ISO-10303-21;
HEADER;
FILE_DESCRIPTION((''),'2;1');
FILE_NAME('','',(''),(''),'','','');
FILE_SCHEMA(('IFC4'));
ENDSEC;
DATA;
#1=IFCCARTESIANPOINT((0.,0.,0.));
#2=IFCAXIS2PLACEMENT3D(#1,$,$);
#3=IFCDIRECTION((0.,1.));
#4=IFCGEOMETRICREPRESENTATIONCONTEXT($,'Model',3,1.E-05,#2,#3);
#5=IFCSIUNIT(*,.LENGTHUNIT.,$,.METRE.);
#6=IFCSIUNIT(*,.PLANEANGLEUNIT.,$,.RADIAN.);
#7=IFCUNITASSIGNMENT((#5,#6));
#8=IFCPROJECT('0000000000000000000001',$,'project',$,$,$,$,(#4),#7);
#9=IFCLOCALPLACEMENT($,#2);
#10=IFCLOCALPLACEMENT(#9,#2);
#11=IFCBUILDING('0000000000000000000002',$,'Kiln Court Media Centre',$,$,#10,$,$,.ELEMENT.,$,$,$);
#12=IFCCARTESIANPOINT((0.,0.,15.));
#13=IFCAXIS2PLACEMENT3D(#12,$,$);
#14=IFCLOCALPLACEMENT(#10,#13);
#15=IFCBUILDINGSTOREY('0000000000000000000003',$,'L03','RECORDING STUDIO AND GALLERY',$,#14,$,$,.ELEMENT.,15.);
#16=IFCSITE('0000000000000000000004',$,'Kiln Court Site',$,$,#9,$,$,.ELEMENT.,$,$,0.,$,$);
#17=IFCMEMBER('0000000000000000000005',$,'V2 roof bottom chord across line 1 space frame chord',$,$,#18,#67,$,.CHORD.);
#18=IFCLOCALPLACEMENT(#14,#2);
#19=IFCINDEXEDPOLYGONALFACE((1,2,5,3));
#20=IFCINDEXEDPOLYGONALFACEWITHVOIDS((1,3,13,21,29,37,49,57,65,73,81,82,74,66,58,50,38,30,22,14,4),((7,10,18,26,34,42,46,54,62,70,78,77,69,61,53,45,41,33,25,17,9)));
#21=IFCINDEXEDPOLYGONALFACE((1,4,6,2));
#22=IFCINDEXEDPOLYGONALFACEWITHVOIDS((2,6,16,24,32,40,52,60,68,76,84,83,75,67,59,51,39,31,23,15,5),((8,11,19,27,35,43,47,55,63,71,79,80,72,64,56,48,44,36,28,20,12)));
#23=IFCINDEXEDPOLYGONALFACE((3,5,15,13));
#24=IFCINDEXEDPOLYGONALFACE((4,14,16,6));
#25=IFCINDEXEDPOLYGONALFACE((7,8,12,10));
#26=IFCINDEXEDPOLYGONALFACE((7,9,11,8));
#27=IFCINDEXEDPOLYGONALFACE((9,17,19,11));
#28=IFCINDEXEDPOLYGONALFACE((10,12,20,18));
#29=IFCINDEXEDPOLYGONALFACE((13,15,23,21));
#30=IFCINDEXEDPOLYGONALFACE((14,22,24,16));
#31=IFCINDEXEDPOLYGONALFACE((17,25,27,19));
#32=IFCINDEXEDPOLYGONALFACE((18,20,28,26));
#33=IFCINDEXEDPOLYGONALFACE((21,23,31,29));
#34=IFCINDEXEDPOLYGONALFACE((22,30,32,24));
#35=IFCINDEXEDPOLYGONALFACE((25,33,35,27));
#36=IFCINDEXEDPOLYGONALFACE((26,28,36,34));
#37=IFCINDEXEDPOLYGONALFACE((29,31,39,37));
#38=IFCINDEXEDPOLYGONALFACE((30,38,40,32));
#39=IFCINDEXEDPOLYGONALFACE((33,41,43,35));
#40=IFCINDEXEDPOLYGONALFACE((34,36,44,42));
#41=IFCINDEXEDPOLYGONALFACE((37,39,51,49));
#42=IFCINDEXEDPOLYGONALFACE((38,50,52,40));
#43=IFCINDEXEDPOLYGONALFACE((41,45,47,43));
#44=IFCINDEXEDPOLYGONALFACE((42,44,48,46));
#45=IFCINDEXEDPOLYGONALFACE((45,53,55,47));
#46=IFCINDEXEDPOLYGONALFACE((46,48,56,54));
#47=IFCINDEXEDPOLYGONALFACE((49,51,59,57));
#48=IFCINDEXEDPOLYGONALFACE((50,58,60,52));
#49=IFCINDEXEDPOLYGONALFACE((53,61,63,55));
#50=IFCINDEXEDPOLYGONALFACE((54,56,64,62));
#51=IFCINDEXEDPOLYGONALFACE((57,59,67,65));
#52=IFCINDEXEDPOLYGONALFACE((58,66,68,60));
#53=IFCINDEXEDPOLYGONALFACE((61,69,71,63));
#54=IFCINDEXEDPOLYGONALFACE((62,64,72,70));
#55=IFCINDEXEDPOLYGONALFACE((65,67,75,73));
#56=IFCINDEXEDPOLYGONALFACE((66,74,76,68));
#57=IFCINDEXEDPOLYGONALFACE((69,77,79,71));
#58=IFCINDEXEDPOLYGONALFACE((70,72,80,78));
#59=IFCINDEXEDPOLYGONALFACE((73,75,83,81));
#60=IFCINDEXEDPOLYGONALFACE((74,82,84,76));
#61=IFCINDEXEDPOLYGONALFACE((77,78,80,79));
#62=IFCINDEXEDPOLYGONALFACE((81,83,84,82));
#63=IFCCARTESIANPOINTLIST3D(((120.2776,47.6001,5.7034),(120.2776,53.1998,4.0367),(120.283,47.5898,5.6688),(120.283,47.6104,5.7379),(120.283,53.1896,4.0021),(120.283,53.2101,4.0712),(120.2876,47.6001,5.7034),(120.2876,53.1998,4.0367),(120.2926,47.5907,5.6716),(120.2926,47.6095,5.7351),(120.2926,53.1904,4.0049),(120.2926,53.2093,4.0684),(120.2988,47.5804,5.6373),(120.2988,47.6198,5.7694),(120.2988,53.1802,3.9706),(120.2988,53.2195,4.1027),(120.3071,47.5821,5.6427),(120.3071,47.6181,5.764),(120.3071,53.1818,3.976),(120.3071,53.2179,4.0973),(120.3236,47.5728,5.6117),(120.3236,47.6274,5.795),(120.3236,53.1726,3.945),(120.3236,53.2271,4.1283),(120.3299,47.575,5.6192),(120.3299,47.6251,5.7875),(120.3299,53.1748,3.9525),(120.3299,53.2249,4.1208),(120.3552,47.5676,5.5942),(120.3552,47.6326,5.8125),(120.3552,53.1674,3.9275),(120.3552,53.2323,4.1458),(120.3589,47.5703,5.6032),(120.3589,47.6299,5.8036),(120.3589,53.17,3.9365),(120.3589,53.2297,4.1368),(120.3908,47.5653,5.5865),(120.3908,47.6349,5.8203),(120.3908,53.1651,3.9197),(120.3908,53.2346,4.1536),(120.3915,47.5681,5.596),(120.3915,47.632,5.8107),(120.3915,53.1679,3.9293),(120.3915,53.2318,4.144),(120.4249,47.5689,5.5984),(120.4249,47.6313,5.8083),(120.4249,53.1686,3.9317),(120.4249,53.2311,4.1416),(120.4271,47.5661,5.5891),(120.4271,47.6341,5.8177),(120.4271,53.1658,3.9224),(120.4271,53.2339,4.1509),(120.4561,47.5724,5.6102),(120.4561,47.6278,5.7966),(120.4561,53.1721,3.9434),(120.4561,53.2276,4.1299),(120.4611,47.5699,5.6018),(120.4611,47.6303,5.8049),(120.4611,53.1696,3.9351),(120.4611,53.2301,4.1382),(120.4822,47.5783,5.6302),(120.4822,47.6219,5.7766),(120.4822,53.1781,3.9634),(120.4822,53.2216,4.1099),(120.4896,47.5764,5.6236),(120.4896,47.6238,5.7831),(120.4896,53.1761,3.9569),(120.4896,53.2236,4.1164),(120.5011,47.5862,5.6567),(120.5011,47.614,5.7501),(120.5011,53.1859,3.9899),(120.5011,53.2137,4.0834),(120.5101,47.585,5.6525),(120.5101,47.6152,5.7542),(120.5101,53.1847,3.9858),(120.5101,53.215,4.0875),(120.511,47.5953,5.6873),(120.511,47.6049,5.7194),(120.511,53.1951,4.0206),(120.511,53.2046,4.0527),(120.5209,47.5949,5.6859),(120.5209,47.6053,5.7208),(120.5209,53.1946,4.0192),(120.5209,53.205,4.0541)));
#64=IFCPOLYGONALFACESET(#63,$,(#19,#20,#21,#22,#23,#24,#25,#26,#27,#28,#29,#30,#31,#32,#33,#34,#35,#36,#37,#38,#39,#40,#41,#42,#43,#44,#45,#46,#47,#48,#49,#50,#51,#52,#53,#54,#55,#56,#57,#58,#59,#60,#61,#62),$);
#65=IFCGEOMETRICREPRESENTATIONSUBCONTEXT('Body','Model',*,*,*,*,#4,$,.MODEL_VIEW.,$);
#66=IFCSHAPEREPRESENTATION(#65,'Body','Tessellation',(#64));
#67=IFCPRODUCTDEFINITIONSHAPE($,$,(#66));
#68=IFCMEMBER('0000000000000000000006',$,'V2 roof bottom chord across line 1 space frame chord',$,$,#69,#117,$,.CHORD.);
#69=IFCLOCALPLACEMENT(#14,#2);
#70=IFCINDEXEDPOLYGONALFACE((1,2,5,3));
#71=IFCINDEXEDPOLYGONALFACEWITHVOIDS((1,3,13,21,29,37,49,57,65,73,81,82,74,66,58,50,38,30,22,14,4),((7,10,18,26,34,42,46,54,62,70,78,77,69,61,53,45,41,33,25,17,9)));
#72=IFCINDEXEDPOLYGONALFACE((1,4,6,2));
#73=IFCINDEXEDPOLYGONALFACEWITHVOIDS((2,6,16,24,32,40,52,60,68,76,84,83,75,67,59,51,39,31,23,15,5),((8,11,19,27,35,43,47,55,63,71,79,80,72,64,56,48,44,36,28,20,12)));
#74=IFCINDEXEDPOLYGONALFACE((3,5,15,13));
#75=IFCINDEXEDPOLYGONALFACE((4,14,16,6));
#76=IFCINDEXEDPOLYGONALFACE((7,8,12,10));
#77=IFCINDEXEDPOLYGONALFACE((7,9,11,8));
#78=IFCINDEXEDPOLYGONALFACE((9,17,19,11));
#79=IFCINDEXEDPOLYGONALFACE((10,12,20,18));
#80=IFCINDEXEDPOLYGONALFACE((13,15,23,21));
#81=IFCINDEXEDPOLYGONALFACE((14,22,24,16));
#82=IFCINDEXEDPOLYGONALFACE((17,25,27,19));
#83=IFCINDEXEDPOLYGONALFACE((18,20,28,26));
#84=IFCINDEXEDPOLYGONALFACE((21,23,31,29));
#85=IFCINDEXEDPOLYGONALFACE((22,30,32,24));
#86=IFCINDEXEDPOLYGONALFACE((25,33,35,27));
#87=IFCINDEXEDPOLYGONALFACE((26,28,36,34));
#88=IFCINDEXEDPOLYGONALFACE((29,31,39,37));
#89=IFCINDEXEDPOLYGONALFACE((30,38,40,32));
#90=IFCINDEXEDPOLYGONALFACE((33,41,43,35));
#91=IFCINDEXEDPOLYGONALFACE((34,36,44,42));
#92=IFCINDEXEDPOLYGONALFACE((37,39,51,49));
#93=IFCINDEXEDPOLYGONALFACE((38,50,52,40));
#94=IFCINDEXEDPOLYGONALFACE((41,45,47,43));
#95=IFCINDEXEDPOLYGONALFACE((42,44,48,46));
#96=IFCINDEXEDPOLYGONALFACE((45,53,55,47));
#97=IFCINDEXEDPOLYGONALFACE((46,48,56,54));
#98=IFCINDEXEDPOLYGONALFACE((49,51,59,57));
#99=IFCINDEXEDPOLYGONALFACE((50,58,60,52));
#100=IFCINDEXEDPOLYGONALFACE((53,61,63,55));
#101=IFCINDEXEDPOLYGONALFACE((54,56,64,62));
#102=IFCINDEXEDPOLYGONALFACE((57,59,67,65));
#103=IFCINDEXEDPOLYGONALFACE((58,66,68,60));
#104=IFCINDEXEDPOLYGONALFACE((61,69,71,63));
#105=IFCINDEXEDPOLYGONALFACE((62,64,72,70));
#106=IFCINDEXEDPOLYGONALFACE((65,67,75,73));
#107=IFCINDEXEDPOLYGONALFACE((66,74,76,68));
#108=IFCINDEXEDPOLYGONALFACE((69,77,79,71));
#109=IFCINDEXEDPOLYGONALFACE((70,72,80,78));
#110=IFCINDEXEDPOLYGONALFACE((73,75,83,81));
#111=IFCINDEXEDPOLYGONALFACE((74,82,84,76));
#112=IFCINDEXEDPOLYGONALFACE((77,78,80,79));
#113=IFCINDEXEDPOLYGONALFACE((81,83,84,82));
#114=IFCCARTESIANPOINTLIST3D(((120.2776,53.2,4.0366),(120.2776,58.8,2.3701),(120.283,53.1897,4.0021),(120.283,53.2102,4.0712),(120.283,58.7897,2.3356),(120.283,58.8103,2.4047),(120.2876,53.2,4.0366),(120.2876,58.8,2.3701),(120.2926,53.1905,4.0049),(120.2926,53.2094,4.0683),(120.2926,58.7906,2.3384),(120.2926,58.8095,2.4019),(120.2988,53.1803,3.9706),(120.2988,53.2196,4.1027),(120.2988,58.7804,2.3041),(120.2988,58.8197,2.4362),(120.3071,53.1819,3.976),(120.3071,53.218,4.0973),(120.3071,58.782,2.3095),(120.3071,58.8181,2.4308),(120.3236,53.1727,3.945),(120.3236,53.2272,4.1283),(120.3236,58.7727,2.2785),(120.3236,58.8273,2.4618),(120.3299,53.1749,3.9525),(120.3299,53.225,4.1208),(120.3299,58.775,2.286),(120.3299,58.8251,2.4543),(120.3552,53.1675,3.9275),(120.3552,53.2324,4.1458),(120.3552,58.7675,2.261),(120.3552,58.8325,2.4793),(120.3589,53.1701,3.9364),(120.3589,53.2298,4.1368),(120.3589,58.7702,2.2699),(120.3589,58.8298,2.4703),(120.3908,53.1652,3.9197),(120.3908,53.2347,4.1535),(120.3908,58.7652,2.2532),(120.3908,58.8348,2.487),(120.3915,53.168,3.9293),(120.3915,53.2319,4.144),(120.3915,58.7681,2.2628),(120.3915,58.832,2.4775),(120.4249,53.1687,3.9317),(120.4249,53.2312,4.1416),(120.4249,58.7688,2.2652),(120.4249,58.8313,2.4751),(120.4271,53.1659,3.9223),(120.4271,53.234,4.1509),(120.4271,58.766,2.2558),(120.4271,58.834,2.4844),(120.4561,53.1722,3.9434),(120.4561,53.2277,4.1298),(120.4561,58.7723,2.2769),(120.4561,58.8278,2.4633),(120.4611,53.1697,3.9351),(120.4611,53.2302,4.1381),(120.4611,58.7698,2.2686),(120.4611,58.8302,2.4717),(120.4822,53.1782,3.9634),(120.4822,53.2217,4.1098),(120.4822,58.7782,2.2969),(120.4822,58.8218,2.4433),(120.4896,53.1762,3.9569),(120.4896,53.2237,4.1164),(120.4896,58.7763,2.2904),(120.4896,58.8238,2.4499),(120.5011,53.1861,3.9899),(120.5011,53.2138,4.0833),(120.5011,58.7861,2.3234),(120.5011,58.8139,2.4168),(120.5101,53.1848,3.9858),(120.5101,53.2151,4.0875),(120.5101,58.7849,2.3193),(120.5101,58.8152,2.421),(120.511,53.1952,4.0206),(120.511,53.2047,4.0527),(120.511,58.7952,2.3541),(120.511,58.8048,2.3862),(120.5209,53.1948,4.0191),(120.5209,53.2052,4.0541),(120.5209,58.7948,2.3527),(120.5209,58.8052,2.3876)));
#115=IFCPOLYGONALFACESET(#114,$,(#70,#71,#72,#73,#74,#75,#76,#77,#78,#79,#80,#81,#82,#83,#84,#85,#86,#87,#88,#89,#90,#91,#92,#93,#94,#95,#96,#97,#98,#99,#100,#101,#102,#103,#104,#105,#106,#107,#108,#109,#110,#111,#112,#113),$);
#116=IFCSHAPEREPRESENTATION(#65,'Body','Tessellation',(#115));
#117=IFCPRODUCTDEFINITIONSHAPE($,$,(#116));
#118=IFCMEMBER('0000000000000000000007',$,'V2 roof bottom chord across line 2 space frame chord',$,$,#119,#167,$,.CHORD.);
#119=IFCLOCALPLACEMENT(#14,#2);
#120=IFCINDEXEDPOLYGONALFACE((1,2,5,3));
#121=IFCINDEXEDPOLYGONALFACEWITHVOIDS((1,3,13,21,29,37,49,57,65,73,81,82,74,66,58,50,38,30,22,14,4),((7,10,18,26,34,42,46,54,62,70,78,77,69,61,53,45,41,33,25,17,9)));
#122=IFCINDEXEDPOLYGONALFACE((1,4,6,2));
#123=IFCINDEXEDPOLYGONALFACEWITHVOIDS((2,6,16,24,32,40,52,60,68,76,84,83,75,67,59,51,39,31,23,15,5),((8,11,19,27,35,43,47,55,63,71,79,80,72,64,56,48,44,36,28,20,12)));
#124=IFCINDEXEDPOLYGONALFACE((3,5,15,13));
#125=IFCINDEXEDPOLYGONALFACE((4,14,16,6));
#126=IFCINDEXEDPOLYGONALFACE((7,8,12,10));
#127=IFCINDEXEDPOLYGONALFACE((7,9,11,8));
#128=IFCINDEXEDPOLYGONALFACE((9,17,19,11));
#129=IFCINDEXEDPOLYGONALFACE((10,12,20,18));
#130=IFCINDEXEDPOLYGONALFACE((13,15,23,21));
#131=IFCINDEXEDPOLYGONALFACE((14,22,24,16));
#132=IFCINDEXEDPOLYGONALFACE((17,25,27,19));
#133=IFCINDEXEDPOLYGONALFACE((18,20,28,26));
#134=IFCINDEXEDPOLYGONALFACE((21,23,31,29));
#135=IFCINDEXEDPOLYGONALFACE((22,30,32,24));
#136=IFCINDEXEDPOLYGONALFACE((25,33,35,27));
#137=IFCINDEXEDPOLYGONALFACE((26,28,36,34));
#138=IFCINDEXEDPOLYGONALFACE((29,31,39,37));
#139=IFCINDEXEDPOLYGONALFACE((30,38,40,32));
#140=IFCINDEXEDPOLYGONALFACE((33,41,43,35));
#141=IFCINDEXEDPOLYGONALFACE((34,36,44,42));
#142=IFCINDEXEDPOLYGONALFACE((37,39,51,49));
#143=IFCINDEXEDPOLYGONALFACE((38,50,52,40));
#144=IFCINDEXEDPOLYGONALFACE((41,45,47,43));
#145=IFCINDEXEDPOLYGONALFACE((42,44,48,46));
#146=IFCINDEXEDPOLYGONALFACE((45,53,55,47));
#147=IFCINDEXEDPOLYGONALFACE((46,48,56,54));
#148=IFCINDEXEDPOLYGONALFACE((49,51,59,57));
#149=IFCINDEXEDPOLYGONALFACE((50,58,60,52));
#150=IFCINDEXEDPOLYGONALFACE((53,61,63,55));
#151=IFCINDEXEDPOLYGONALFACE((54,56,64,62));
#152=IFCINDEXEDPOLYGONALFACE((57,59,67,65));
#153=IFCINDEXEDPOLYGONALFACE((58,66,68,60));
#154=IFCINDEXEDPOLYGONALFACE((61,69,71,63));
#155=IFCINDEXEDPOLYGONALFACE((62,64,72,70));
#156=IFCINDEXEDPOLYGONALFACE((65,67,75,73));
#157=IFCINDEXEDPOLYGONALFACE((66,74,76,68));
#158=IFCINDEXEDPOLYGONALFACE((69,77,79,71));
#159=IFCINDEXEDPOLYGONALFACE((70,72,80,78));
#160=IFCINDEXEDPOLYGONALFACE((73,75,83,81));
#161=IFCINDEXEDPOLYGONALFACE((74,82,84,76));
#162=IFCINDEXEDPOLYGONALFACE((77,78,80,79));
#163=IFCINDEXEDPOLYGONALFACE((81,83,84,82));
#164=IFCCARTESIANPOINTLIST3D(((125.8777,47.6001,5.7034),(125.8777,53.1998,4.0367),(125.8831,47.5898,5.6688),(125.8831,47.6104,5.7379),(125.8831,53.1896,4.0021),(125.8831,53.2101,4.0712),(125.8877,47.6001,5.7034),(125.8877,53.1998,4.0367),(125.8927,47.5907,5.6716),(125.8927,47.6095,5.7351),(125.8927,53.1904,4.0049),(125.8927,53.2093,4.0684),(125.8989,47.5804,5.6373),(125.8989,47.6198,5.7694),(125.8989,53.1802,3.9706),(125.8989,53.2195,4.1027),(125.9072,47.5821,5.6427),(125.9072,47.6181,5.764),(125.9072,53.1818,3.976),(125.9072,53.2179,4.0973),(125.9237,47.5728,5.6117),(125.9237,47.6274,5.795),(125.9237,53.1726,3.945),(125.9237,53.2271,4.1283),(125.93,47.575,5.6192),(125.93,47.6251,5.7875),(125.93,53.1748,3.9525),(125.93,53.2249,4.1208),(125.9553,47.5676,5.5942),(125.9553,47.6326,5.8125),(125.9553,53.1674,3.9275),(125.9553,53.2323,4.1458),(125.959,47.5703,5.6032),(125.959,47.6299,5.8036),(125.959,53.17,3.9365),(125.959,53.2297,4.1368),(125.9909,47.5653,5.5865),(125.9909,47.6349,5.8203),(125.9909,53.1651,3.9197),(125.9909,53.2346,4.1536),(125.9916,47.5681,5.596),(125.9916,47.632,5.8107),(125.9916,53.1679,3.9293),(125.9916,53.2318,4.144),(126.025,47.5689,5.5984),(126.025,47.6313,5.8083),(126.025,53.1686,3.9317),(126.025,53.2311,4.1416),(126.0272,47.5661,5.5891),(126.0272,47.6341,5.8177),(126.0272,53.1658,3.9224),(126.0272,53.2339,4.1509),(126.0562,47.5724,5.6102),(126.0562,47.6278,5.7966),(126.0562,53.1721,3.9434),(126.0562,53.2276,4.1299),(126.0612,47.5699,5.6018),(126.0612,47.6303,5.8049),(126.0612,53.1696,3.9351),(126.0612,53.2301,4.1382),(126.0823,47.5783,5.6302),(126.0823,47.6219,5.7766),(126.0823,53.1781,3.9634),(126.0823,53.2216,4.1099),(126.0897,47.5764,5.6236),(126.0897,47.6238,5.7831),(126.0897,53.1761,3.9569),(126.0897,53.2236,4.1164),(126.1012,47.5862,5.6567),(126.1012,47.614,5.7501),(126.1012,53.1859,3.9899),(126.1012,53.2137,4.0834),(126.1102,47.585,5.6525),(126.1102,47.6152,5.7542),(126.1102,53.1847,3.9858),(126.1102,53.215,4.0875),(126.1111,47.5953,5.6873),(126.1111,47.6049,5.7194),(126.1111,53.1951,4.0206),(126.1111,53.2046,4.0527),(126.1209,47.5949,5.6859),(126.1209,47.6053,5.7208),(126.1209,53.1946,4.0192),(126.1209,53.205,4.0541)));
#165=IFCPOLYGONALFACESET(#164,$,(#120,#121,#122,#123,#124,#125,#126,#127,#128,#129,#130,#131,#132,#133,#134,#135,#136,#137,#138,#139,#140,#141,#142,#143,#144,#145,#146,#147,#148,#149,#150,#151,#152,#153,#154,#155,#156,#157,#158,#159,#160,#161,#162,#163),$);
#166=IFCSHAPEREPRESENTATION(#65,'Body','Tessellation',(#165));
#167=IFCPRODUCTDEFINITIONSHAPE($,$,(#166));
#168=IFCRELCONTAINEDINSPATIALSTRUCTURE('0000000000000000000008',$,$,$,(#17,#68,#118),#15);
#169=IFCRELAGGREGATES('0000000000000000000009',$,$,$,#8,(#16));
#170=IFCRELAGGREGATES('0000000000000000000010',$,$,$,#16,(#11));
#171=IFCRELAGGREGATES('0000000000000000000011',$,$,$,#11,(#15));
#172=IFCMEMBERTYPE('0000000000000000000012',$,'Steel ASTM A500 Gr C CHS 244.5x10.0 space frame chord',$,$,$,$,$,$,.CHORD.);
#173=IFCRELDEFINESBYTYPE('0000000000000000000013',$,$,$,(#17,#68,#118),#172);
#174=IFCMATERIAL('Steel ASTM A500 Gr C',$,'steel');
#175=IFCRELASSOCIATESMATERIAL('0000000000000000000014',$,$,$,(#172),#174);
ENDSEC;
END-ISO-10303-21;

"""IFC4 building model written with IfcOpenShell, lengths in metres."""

from ifc_helpers import new_model, si_unit, direction, frame, origin, origin_2d, place, context, subcontext, project, spatial, hollow_circle, extrude, material, material_profile, profile_set, type_object, element, save


model = new_model("IFC4")

# Units and contexts
model_context = context("Model", 3, precision=1e-05, world=origin(), true_north=direction((0.0, 1.0)))
body_context = subcontext(model_context, "Body", "Model", "MODEL_VIEW")
ifc_project = project(units=[si_unit("LENGTHUNIT", "METRE"), si_unit("PLANEANGLEUNIT", "RADIAN")], contexts=[model_context])

# Site, building, storey
site_placement = place(None, origin())
site = spatial("IfcSite", under=ifc_project, at=site_placement, Name="Kiln Court Site", CompositionType="ELEMENT", RefElevation=0.0)
building_placement = place(site_placement, origin())
building = spatial("IfcBuilding", under=site, at=building_placement, Name="Kiln Court Media Centre", CompositionType="ELEMENT")
storey_placement = place(building_placement, frame((0.0, 0.0, 15.0)))
storey = spatial("IfcBuildingStorey", under=building, at=storey_placement, Name="L03", Description="RECORDING STUDIO AND GALLERY", CompositionType="ELEMENT", Elevation=15.0)

# Members
ifc_material_1 = material(Name="Steel ASTM A500 Gr C", Category="steel")
ifc_material_profile_1 = material_profile(ifc_material_1, hollow_circle(Radius=0.1223, WallThickness=0.01, at=origin_2d()), Name="CHS 244.5x10.0")
ifc_profile_set_1 = profile_set([ifc_material_profile_1], Name="Steel ASTM A500 Gr C")
member_type_1 = type_object("IfcMemberType", Name="Steel ASTM A500 Gr C CHS 244.5x10.0 space frame chord", PredefinedType="CHORD", material=ifc_profile_set_1)
member_1_placement = place(storey_placement, frame((120.3999, 47.6001, 5.7034), z_axis=(0.0, 0.958446, -0.285273), x_axis=(-1.0, 0.0, 0.0)))
element("IfcMember", 1, at=member_1_placement, inside=storey, type_object=member_type_1, Name="V2 roof bottom chord across line 1 space frame chord", PredefinedType="CHORD", context=body_context, shape_type="SweptSolid", body=[
    extrude(hollow_circle(Radius=0.1223, WallThickness=0.01, at=origin_2d()), origin(), (0.0, 0.0, 1.0), 5.8425),
])
member_2_placement = place(storey_placement, frame((120.3999, 53.2, 4.0366), z_axis=(0.0, 0.958461, -0.285223), x_axis=(-1.0, 0.0, 0.0)))
element("IfcMember", 2, at=member_2_placement, inside=storey, type_object=member_type_1, Name="V2 roof bottom chord across line 1 space frame chord", PredefinedType="CHORD", context=body_context, shape_type="SweptSolid", body=[
    extrude(hollow_circle(Radius=0.1223, WallThickness=0.01, at=origin_2d()), origin(), (0.0, 0.0, 1.0), 5.8428),
])
member_3_placement = place(storey_placement, frame((126.0, 47.6001, 5.7034), z_axis=(0.0, 0.958446, -0.285273), x_axis=(-1.0, 0.0, 0.0)))
element("IfcMember", 3, at=member_3_placement, inside=storey, type_object=member_type_1, Name="V2 roof bottom chord across line 2 space frame chord", PredefinedType="CHORD", context=body_context, shape_type="SweptSolid", body=[
    extrude(hollow_circle(Radius=0.1223, WallThickness=0.01, at=origin_2d()), origin(), (0.0, 0.0, 1.0), 5.8425),
])

save(model, "model.ifc")
